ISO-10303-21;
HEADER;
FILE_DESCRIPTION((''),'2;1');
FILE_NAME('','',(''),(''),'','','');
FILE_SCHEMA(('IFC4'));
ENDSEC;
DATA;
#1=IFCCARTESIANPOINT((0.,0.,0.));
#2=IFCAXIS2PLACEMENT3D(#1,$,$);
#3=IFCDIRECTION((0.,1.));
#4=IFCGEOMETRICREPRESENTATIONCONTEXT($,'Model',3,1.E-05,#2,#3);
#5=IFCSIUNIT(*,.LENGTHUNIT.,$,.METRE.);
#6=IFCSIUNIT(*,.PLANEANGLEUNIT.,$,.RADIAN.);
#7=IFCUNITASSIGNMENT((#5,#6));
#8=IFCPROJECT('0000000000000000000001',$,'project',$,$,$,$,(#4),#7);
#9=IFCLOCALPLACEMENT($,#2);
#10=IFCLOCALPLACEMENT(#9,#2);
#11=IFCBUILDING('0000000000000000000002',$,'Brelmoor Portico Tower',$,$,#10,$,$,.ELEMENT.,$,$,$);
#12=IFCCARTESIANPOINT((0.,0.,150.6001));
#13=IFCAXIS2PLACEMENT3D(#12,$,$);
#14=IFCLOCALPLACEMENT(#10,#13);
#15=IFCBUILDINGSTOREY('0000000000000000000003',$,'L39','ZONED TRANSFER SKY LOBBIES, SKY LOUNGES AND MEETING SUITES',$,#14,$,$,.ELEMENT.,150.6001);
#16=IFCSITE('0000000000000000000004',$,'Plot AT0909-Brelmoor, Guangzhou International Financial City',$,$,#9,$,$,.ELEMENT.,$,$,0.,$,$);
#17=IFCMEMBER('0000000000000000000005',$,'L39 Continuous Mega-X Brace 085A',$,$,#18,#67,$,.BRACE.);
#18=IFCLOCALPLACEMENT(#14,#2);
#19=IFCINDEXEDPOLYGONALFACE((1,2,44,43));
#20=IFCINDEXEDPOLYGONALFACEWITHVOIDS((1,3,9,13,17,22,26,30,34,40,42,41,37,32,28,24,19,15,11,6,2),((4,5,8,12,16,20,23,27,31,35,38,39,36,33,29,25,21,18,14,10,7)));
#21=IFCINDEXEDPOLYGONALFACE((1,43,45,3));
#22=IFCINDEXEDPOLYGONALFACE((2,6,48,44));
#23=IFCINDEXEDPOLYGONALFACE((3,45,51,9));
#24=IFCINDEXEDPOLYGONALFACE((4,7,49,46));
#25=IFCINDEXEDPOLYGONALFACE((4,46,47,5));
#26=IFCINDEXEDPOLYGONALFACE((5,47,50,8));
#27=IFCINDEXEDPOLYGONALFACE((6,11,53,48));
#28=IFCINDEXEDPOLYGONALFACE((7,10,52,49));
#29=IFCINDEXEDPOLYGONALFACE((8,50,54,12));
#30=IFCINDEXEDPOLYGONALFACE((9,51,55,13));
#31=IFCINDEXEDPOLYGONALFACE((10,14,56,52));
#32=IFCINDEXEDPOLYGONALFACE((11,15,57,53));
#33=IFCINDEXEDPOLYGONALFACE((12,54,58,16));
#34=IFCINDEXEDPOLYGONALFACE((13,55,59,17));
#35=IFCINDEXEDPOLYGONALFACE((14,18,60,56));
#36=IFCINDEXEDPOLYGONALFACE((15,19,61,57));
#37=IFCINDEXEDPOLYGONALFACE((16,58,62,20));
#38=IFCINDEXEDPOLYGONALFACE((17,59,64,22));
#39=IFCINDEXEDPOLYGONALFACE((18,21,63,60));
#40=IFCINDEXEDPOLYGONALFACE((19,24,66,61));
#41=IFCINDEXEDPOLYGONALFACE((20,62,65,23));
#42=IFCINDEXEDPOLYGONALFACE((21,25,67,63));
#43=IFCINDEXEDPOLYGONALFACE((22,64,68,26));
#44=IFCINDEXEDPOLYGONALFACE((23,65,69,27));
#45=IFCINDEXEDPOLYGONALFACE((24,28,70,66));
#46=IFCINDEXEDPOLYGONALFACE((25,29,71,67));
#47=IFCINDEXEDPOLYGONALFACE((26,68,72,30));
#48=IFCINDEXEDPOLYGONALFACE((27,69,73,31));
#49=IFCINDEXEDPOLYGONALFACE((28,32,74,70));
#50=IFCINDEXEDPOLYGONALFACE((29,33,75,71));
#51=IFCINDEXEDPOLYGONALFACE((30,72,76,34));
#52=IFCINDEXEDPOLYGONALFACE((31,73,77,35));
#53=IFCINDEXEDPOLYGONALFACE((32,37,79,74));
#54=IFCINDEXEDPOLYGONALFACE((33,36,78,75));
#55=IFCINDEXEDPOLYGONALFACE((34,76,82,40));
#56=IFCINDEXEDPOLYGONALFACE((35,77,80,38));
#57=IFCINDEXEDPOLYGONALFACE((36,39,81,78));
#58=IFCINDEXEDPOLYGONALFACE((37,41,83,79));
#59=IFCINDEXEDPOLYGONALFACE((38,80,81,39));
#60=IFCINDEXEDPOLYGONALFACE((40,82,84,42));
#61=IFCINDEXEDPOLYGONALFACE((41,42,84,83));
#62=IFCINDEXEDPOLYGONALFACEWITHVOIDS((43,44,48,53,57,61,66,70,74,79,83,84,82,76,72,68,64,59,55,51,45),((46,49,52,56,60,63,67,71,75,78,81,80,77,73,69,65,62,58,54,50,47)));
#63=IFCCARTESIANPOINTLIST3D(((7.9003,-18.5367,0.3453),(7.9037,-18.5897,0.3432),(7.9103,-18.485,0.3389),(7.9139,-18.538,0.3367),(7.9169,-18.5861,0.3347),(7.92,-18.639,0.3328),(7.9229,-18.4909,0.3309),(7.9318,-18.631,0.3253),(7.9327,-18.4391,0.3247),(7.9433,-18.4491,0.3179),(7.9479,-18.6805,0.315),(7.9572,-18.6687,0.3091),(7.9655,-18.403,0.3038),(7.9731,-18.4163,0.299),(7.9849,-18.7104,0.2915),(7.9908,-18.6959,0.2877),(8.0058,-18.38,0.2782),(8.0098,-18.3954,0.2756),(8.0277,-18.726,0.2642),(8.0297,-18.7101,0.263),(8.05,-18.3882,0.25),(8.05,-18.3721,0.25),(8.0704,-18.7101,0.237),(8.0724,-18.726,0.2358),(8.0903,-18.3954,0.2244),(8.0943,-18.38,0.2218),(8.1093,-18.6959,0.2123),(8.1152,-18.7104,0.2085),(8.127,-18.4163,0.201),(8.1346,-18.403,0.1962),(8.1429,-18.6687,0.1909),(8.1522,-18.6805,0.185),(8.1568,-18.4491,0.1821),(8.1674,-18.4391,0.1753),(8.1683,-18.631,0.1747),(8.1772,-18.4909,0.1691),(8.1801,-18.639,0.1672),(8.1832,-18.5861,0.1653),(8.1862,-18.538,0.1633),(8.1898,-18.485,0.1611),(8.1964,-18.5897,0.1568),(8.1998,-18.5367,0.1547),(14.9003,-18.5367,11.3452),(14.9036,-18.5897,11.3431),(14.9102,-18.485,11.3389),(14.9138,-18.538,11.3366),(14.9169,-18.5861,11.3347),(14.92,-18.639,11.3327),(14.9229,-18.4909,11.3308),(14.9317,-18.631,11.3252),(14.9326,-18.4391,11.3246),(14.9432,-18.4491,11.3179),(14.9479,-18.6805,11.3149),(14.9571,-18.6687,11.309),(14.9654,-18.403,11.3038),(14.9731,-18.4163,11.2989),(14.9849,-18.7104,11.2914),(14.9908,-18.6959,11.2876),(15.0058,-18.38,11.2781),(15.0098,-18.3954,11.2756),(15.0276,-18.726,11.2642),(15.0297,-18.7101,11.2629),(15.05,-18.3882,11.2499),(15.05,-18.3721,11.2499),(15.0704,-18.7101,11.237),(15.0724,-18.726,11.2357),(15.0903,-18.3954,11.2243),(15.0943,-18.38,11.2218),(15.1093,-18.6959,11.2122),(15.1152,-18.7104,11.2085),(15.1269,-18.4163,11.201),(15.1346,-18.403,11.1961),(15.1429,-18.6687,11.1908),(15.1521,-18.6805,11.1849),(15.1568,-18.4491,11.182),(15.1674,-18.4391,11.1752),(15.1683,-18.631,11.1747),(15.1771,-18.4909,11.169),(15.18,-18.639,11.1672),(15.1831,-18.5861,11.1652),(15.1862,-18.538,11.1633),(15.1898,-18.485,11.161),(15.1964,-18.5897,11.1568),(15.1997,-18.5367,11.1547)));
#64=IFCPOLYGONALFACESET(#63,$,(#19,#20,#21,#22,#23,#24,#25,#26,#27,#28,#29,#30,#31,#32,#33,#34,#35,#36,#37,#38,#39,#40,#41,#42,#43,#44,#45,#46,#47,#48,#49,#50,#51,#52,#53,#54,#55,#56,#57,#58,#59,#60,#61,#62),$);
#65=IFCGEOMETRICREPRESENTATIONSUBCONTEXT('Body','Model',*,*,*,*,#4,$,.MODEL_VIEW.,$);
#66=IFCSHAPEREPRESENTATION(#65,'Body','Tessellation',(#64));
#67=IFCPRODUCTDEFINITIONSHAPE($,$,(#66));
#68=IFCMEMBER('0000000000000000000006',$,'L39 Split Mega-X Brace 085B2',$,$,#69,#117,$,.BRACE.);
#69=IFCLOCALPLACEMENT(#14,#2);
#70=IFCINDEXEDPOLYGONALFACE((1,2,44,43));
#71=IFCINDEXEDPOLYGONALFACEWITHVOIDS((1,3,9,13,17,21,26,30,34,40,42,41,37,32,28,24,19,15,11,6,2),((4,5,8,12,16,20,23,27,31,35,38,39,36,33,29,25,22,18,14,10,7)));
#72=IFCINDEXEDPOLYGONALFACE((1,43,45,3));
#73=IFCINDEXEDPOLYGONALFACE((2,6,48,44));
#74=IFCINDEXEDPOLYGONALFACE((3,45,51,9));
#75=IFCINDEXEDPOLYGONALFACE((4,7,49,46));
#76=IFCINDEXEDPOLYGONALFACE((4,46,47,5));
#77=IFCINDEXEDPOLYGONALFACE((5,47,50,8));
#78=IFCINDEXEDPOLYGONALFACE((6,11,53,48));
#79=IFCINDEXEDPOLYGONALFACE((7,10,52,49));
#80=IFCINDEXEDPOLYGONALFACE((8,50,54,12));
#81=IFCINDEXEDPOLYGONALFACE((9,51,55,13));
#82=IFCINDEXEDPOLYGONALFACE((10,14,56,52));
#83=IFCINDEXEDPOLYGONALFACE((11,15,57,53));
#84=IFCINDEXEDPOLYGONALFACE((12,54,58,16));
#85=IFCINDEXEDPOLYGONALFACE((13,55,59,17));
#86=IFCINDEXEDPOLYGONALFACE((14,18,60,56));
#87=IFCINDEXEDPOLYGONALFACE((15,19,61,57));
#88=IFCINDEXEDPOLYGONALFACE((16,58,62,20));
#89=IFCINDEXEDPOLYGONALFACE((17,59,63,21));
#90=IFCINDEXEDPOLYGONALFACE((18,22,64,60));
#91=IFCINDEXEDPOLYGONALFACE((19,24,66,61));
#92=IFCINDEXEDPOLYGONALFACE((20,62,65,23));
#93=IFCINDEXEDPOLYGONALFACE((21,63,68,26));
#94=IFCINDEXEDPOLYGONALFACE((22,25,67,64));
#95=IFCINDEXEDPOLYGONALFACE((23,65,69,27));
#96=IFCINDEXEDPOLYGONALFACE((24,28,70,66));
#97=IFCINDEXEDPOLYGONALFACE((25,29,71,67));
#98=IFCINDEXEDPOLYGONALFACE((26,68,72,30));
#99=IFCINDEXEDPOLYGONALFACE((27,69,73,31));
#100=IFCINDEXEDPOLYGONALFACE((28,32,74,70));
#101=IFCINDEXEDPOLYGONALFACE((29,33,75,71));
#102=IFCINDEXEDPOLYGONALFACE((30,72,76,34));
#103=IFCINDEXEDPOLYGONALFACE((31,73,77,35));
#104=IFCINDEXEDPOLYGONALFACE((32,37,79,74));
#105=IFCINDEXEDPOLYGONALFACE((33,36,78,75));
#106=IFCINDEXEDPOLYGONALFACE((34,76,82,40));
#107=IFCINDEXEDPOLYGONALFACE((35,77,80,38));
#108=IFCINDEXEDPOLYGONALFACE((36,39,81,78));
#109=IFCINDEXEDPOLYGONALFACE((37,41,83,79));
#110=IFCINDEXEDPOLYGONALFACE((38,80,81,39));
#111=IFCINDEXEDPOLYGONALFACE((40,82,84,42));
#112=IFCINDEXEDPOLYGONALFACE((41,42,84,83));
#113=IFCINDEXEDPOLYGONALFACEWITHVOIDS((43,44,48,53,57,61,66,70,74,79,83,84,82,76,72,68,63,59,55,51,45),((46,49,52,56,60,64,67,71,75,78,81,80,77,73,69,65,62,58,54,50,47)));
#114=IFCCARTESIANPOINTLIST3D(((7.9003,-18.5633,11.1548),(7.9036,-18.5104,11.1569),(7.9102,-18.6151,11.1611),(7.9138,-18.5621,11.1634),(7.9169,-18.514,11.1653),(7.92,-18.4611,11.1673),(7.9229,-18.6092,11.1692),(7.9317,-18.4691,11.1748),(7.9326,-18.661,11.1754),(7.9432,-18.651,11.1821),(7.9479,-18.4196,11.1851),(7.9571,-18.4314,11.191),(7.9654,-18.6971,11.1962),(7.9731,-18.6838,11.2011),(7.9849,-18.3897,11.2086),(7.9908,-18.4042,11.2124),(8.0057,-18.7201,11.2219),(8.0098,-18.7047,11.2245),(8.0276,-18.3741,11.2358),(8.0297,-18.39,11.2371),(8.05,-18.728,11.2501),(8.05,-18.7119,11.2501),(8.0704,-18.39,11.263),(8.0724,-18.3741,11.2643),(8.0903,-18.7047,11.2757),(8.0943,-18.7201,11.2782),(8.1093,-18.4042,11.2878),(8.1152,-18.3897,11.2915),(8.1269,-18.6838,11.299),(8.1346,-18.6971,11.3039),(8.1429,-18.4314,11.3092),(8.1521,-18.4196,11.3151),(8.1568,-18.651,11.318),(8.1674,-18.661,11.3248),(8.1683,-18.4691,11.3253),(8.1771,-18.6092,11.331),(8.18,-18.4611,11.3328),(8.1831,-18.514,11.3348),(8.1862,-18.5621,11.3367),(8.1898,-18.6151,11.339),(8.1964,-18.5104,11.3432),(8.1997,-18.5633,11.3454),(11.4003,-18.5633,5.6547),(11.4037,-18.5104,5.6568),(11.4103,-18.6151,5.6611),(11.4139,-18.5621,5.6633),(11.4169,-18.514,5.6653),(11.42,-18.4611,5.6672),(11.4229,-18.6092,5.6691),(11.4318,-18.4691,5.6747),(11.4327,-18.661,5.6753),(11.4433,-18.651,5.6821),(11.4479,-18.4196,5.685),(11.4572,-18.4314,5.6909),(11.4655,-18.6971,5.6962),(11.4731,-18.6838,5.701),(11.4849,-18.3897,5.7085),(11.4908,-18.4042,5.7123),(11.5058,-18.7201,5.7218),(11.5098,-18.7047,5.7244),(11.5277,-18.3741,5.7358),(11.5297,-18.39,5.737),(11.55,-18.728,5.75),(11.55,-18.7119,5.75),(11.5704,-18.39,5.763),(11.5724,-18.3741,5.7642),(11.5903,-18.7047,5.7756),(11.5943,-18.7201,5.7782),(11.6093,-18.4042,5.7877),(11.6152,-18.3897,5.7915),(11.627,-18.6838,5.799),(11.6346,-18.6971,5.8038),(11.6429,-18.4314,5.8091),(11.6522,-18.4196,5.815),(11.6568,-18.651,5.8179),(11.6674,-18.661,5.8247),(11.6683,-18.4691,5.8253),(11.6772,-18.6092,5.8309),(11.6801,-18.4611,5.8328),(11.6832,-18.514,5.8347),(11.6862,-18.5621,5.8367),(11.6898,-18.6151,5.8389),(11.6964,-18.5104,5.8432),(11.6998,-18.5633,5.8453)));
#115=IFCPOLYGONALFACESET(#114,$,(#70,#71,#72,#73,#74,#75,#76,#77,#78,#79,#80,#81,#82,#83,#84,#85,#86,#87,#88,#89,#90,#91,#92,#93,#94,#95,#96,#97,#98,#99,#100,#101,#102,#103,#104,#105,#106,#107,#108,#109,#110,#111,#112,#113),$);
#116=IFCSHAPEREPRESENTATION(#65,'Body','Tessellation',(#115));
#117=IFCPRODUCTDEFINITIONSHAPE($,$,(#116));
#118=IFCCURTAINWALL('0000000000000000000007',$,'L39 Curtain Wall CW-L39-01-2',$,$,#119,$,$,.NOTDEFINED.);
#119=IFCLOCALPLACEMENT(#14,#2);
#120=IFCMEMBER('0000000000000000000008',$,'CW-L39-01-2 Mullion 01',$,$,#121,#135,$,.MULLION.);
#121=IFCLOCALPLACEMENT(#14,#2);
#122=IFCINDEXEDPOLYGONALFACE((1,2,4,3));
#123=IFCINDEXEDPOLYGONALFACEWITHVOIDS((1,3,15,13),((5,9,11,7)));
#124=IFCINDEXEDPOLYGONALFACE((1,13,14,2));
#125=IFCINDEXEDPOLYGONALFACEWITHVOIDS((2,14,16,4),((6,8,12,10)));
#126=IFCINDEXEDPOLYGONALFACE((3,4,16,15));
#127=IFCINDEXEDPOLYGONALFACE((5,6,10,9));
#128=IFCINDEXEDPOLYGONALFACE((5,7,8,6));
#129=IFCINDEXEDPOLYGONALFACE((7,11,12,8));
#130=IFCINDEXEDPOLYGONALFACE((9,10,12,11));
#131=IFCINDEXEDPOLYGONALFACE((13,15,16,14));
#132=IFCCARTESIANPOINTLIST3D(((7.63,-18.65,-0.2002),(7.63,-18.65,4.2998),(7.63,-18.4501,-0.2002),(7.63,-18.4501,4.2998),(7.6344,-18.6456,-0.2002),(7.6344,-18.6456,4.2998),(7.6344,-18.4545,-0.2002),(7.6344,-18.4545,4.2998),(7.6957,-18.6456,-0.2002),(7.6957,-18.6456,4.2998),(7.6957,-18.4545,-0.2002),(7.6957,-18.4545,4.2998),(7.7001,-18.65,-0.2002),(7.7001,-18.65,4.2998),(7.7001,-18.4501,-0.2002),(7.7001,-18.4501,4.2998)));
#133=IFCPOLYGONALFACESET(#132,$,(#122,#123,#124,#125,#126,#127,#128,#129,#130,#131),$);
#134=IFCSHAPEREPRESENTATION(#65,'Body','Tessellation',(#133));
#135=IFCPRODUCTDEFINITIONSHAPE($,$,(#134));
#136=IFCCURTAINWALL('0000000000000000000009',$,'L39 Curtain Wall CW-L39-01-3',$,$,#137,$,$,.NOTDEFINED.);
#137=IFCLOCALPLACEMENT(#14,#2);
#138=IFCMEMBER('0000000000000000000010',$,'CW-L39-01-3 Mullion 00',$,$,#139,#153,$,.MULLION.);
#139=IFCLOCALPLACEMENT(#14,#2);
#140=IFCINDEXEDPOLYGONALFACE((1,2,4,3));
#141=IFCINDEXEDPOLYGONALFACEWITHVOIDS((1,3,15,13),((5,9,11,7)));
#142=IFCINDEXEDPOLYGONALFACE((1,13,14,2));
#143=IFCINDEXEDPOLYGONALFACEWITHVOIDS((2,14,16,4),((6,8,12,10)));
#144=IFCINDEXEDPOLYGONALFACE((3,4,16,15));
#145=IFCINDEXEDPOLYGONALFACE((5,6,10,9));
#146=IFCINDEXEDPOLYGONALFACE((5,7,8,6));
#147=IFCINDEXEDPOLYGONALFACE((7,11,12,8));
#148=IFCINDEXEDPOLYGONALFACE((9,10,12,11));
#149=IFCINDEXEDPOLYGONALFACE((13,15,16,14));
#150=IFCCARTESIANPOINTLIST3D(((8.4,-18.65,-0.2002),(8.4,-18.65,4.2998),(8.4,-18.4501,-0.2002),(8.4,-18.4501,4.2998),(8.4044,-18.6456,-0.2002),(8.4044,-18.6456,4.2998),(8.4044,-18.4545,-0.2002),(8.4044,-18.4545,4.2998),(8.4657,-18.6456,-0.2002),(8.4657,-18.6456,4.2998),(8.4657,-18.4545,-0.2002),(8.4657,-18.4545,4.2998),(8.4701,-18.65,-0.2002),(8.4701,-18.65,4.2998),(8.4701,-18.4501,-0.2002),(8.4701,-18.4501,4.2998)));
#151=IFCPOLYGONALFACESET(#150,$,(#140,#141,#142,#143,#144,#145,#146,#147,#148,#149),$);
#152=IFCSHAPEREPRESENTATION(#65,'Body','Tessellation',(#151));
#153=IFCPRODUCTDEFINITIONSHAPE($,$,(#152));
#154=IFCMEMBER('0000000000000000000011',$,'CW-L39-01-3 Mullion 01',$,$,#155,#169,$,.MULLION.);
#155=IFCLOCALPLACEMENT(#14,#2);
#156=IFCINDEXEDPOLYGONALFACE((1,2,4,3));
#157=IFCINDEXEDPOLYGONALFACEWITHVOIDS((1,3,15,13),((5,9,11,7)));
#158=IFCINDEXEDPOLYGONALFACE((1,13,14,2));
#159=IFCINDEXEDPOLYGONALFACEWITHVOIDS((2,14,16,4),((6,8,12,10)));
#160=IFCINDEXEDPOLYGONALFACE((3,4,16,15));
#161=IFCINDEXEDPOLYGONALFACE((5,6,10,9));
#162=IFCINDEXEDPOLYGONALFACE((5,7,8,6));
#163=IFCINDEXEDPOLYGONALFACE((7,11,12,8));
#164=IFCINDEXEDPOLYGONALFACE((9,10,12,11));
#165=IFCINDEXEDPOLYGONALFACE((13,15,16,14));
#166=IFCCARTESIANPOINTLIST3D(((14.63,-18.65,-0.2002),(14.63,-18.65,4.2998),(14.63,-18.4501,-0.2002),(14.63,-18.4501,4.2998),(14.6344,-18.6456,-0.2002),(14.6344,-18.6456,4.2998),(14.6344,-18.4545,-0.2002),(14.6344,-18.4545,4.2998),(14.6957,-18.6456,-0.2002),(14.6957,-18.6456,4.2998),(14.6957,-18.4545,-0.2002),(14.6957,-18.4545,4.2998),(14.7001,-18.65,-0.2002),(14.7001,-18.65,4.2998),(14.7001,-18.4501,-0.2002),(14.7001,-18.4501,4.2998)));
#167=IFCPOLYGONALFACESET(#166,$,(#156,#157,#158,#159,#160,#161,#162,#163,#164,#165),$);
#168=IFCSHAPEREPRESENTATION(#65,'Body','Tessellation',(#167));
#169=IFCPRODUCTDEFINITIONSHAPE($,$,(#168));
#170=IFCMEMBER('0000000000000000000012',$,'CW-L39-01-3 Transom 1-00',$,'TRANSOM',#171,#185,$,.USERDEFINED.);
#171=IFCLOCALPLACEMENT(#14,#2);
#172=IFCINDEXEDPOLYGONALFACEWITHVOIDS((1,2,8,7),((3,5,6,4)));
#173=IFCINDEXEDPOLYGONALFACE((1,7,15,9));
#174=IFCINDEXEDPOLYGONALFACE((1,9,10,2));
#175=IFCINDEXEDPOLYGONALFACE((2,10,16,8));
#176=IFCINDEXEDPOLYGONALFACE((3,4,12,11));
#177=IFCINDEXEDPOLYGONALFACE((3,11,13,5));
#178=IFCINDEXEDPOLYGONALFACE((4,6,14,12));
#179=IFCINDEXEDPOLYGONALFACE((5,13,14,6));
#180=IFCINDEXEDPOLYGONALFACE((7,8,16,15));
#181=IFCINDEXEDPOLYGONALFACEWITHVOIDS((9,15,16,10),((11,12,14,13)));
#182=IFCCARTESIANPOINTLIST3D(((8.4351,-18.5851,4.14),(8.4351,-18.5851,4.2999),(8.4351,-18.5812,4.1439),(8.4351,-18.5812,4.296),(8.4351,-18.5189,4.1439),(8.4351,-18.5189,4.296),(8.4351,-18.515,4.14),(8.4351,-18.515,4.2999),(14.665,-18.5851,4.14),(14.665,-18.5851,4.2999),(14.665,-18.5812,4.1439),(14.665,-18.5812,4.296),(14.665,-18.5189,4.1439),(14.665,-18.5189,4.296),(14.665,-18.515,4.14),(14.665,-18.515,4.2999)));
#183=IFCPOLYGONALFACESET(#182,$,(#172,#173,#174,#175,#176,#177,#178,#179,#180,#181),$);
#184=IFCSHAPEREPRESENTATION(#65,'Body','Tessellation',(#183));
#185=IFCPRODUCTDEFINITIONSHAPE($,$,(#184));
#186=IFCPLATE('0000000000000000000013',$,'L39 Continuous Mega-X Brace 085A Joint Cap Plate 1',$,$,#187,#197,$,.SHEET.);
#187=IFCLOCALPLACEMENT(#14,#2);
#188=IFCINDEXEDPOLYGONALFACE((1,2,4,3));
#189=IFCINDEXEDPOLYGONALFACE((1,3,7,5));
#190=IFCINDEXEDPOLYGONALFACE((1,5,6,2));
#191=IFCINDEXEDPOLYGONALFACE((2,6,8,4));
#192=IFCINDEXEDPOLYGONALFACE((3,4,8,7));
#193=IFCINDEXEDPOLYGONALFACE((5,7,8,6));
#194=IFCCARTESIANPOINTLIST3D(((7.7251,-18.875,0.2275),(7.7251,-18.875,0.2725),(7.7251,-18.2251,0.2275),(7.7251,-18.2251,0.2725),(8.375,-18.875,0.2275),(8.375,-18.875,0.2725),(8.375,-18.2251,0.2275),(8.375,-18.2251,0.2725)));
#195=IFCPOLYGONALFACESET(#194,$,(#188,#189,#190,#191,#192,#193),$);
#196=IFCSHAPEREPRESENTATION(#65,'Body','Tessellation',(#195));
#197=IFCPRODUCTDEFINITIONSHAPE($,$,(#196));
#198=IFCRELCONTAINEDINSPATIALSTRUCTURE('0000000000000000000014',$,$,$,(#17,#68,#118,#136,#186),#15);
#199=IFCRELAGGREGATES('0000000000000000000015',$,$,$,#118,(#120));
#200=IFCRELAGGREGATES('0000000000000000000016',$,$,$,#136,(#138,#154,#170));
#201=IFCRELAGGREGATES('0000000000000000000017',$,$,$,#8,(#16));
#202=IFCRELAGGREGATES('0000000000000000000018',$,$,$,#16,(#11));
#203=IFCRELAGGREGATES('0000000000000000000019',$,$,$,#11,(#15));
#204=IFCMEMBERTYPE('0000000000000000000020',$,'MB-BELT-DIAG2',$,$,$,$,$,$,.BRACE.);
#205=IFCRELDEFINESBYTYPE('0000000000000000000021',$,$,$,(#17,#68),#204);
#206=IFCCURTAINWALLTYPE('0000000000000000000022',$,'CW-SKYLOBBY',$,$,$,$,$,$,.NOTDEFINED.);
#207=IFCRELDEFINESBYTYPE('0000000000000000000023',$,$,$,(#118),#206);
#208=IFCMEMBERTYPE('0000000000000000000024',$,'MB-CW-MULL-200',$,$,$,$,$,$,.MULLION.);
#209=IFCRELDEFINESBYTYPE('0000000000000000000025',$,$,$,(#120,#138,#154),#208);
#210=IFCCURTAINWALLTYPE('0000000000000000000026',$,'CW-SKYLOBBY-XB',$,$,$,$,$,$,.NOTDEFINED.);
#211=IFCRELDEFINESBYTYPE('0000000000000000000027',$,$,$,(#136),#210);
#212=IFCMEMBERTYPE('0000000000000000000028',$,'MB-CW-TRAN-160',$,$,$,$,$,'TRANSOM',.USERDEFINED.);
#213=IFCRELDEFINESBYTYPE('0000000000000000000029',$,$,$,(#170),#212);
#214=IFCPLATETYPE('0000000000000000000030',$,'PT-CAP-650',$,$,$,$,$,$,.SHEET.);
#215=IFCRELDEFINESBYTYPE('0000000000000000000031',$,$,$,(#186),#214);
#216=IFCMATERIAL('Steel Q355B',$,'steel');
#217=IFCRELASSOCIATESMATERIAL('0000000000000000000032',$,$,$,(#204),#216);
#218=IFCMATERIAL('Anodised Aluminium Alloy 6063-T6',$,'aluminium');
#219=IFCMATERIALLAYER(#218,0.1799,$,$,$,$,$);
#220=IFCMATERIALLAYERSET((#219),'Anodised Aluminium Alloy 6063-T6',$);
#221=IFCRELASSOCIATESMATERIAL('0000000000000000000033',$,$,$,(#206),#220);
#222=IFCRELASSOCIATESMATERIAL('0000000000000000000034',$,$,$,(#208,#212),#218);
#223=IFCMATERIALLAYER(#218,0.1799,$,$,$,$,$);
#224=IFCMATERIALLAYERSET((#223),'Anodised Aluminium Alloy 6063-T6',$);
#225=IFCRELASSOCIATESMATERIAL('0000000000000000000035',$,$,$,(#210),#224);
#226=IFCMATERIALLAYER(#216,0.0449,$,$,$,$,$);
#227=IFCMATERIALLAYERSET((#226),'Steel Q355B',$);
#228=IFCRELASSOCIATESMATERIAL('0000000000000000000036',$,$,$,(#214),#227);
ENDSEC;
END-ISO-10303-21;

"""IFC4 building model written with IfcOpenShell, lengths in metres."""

from ifc_helpers import new_model, si_unit, direction, frame, origin, origin_2d, place, context, subcontext, project, spatial, rectangle, hollow_rectangle, hollow_circle, extrude, material, layer, layer_set, material_profile, profile_set, type_object, element, aggregate, save


model = new_model("IFC4")

# Units and contexts
model_context = context("Model", 3, precision=1e-05, world=origin(), true_north=direction((0.0, 1.0)))
body_context = subcontext(model_context, "Body", "Model", "MODEL_VIEW")
ifc_project = project(units=[si_unit("LENGTHUNIT", "METRE"), si_unit("PLANEANGLEUNIT", "RADIAN")], contexts=[model_context])

# Site, building, storey
site_placement = place(None, origin())
site = spatial("IfcSite", under=ifc_project, at=site_placement, Name="Plot AT0909-Brelmoor, Guangzhou International Financial City", CompositionType="ELEMENT", RefElevation=0.0)
building_placement = place(site_placement, origin())
building = spatial("IfcBuilding", under=site, at=building_placement, Name="Brelmoor Portico Tower", CompositionType="ELEMENT")
storey_placement = place(building_placement, frame((0.0, 0.0, 150.6001)))
storey = spatial("IfcBuildingStorey", under=building, at=storey_placement, Name="L39", Description="ZONED TRANSFER SKY LOBBIES, SKY LOUNGES AND MEETING SUITES", CompositionType="ELEMENT", Elevation=150.6001)

# Shared definitions
ifc_material_1 = material(Name="Steel Q355B", Category="steel")

# Members
ifc_material_profile_1 = material_profile(ifc_material_1, hollow_circle(Radius=0.178, WallThickness=0.0161, at=origin_2d()), Name="CHS 356x16")
ifc_profile_set_1 = profile_set([ifc_material_profile_1], Name="Steel Q355B")
member_type_1 = type_object("IfcMemberType", Name="MB-BELT-DIAG2", PredefinedType="BRACE", material=ifc_profile_set_1)
member_1_placement = place(storey_placement, frame((8.05, -18.55, 0.25), z_axis=(0.536875, 0.0, 0.843661), x_axis=(0.0, 1.0, 0.0)))
element("IfcMember", 1, at=member_1_placement, inside=storey, type_object=member_type_1, Name="L39 Continuous Mega-X Brace 085A", PredefinedType="BRACE", context=body_context, shape_type="SweptSolid", body=[
    extrude(hollow_circle(Radius=0.178, WallThickness=0.0161, at=origin_2d()), origin(), (0.0, 0.0, 1.0), 13.0383),
])
member_2_placement = place(storey_placement, frame((11.55, -18.55, 5.75), z_axis=(-0.536875, 0.0, 0.843661), x_axis=(0.0, -1.0, 0.0)))
element("IfcMember", 2, at=member_2_placement, inside=storey, type_object=member_type_1, Name="L39 Split Mega-X Brace 085B2", PredefinedType="BRACE", context=body_context, shape_type="SweptSolid", body=[
    extrude(hollow_circle(Radius=0.178, WallThickness=0.0161, at=origin_2d()), origin(), (0.0, 0.0, 1.0), 6.5193),
])

# Curtain wall, member
ifc_material_2 = material(Name="Anodised Aluminium Alloy 6063-T6", Category="aluminium")
ifc_layer_1 = layer(ifc_material_2, 0.1799)
ifc_layer_set_1 = layer_set([ifc_layer_1], Name="Anodised Aluminium Alloy 6063-T6")
curtain_wall_type_1 = type_object("IfcCurtainWallType", Name="CW-SKYLOBBY", PredefinedType="NOTDEFINED", material=ifc_layer_set_1)
curtain_wall_1_placement = place(storey_placement, origin())
curtain_wall_1 = element("IfcCurtainWall", 3, at=curtain_wall_1_placement, inside=storey, type_object=curtain_wall_type_1, Name="L39 Curtain Wall CW-L39-01-2", PredefinedType="NOTDEFINED")
ifc_material_profile_2 = material_profile(ifc_material_2, hollow_rectangle(XDim=0.0701, YDim=0.2, WallThickness=0.0044, at=origin_2d()), Name="ALU MULLION 70x200")
ifc_profile_set_2 = profile_set([ifc_material_profile_2], Name="Anodised Aluminium Alloy 6063-T6")
member_type_2 = type_object("IfcMemberType", Name="MB-CW-MULL-200", PredefinedType="MULLION", material=ifc_profile_set_2)
member_3_placement = place(storey_placement, frame((7.665, -18.55, -0.2002), z_axis=(0.0, 0.0, 1.0), x_axis=(1.0, 0.0, 0.0)))
member_3 = element("IfcMember", 4, at=member_3_placement, type_object=member_type_2, Name="CW-L39-01-2 Mullion 01", PredefinedType="MULLION", context=body_context, shape_type="SweptSolid", body=[
    extrude(hollow_rectangle(XDim=0.0701, YDim=0.2, WallThickness=0.0044, at=origin_2d()), origin(), (0.0, 0.0, 1.0), 4.5),
])
aggregate(curtain_wall_1, [member_3])

# Curtain wall, members
ifc_layer_2 = layer(ifc_material_2, 0.1799)
ifc_layer_set_2 = layer_set([ifc_layer_2], Name="Anodised Aluminium Alloy 6063-T6")
curtain_wall_type_2 = type_object("IfcCurtainWallType", Name="CW-SKYLOBBY-XB", PredefinedType="NOTDEFINED", material=ifc_layer_set_2)
curtain_wall_2_placement = place(storey_placement, origin())
curtain_wall_2 = element("IfcCurtainWall", 5, at=curtain_wall_2_placement, inside=storey, type_object=curtain_wall_type_2, Name="L39 Curtain Wall CW-L39-01-3", PredefinedType="NOTDEFINED")
member_4_placement = place(storey_placement, frame((8.4351, -18.55, -0.2002), z_axis=(0.0, 0.0, 1.0), x_axis=(1.0, 0.0, 0.0)))
member_4 = element("IfcMember", 6, at=member_4_placement, type_object=member_type_2, Name="CW-L39-01-3 Mullion 00", PredefinedType="MULLION", context=body_context, shape_type="SweptSolid", body=[
    extrude(hollow_rectangle(XDim=0.0701, YDim=0.2, WallThickness=0.0044, at=origin_2d()), origin(), (0.0, 0.0, 1.0), 4.5),
])
member_5_placement = place(storey_placement, frame((14.665, -18.55, -0.2002), z_axis=(0.0, 0.0, 1.0), x_axis=(1.0, 0.0, 0.0)))
member_5 = element("IfcMember", 7, at=member_5_placement, type_object=member_type_2, Name="CW-L39-01-3 Mullion 01", PredefinedType="MULLION", context=body_context, shape_type="SweptSolid", body=[
    extrude(hollow_rectangle(XDim=0.0701, YDim=0.2, WallThickness=0.0044, at=origin_2d()), origin(), (0.0, 0.0, 1.0), 4.5),
])
ifc_material_profile_3 = material_profile(ifc_material_2, hollow_rectangle(XDim=0.0701, YDim=0.1599, WallThickness=0.0039, at=origin_2d()), Name="ALU TRANSOM 70x160")
ifc_profile_set_3 = profile_set([ifc_material_profile_3], Name="Anodised Aluminium Alloy 6063-T6")
member_type_3 = type_object("IfcMemberType", Name="MB-CW-TRAN-160", ElementType="TRANSOM", PredefinedType="USERDEFINED", material=ifc_profile_set_3)
member_6_placement = place(storey_placement, frame((8.4351, -18.55, 4.22), z_axis=(1.0, 0.0, 0.0), x_axis=(0.0, 1.0, 0.0)))
member_6 = element("IfcMember", 8, at=member_6_placement, type_object=member_type_3, Name="CW-L39-01-3 Transom 1-00", ObjectType="TRANSOM", PredefinedType="USERDEFINED", context=body_context, shape_type="SweptSolid", body=[
    extrude(hollow_rectangle(XDim=0.0701, YDim=0.1599, WallThickness=0.0039, at=origin_2d()), origin(), (0.0, 0.0, 1.0), 6.23),
])

# Plate
ifc_layer_3 = layer(ifc_material_1, 0.0449)
ifc_layer_set_3 = layer_set([ifc_layer_3], Name="Steel Q355B")
plate_type_1 = type_object("IfcPlateType", Name="PT-CAP-650", PredefinedType="SHEET", material=ifc_layer_set_3)
for number, where, z_axis, x_axis, name in (
    (9, (8.05, -18.55, 0.2275), (0.0, 0.0, 1.0), (1.0, 0.0, 0.0), "L39 Continuous Mega-X Brace 085A Joint Cap Plate 1"),
):
    element("IfcPlate", number, at=place(storey_placement, frame(where, z_axis=z_axis, x_axis=x_axis)), inside=storey, type_object=plate_type_1, Name=name, PredefinedType="SHEET", context=body_context, shape_type="SweptSolid", body=[
        extrude(rectangle(XDim=0.6499, YDim=0.6499, at=origin_2d()), origin(), (0.0, 0.0, 1.0), 0.0449),
    ])

aggregate(curtain_wall_2, [member_4, member_5, member_6])

save(model, "model.ifc")
